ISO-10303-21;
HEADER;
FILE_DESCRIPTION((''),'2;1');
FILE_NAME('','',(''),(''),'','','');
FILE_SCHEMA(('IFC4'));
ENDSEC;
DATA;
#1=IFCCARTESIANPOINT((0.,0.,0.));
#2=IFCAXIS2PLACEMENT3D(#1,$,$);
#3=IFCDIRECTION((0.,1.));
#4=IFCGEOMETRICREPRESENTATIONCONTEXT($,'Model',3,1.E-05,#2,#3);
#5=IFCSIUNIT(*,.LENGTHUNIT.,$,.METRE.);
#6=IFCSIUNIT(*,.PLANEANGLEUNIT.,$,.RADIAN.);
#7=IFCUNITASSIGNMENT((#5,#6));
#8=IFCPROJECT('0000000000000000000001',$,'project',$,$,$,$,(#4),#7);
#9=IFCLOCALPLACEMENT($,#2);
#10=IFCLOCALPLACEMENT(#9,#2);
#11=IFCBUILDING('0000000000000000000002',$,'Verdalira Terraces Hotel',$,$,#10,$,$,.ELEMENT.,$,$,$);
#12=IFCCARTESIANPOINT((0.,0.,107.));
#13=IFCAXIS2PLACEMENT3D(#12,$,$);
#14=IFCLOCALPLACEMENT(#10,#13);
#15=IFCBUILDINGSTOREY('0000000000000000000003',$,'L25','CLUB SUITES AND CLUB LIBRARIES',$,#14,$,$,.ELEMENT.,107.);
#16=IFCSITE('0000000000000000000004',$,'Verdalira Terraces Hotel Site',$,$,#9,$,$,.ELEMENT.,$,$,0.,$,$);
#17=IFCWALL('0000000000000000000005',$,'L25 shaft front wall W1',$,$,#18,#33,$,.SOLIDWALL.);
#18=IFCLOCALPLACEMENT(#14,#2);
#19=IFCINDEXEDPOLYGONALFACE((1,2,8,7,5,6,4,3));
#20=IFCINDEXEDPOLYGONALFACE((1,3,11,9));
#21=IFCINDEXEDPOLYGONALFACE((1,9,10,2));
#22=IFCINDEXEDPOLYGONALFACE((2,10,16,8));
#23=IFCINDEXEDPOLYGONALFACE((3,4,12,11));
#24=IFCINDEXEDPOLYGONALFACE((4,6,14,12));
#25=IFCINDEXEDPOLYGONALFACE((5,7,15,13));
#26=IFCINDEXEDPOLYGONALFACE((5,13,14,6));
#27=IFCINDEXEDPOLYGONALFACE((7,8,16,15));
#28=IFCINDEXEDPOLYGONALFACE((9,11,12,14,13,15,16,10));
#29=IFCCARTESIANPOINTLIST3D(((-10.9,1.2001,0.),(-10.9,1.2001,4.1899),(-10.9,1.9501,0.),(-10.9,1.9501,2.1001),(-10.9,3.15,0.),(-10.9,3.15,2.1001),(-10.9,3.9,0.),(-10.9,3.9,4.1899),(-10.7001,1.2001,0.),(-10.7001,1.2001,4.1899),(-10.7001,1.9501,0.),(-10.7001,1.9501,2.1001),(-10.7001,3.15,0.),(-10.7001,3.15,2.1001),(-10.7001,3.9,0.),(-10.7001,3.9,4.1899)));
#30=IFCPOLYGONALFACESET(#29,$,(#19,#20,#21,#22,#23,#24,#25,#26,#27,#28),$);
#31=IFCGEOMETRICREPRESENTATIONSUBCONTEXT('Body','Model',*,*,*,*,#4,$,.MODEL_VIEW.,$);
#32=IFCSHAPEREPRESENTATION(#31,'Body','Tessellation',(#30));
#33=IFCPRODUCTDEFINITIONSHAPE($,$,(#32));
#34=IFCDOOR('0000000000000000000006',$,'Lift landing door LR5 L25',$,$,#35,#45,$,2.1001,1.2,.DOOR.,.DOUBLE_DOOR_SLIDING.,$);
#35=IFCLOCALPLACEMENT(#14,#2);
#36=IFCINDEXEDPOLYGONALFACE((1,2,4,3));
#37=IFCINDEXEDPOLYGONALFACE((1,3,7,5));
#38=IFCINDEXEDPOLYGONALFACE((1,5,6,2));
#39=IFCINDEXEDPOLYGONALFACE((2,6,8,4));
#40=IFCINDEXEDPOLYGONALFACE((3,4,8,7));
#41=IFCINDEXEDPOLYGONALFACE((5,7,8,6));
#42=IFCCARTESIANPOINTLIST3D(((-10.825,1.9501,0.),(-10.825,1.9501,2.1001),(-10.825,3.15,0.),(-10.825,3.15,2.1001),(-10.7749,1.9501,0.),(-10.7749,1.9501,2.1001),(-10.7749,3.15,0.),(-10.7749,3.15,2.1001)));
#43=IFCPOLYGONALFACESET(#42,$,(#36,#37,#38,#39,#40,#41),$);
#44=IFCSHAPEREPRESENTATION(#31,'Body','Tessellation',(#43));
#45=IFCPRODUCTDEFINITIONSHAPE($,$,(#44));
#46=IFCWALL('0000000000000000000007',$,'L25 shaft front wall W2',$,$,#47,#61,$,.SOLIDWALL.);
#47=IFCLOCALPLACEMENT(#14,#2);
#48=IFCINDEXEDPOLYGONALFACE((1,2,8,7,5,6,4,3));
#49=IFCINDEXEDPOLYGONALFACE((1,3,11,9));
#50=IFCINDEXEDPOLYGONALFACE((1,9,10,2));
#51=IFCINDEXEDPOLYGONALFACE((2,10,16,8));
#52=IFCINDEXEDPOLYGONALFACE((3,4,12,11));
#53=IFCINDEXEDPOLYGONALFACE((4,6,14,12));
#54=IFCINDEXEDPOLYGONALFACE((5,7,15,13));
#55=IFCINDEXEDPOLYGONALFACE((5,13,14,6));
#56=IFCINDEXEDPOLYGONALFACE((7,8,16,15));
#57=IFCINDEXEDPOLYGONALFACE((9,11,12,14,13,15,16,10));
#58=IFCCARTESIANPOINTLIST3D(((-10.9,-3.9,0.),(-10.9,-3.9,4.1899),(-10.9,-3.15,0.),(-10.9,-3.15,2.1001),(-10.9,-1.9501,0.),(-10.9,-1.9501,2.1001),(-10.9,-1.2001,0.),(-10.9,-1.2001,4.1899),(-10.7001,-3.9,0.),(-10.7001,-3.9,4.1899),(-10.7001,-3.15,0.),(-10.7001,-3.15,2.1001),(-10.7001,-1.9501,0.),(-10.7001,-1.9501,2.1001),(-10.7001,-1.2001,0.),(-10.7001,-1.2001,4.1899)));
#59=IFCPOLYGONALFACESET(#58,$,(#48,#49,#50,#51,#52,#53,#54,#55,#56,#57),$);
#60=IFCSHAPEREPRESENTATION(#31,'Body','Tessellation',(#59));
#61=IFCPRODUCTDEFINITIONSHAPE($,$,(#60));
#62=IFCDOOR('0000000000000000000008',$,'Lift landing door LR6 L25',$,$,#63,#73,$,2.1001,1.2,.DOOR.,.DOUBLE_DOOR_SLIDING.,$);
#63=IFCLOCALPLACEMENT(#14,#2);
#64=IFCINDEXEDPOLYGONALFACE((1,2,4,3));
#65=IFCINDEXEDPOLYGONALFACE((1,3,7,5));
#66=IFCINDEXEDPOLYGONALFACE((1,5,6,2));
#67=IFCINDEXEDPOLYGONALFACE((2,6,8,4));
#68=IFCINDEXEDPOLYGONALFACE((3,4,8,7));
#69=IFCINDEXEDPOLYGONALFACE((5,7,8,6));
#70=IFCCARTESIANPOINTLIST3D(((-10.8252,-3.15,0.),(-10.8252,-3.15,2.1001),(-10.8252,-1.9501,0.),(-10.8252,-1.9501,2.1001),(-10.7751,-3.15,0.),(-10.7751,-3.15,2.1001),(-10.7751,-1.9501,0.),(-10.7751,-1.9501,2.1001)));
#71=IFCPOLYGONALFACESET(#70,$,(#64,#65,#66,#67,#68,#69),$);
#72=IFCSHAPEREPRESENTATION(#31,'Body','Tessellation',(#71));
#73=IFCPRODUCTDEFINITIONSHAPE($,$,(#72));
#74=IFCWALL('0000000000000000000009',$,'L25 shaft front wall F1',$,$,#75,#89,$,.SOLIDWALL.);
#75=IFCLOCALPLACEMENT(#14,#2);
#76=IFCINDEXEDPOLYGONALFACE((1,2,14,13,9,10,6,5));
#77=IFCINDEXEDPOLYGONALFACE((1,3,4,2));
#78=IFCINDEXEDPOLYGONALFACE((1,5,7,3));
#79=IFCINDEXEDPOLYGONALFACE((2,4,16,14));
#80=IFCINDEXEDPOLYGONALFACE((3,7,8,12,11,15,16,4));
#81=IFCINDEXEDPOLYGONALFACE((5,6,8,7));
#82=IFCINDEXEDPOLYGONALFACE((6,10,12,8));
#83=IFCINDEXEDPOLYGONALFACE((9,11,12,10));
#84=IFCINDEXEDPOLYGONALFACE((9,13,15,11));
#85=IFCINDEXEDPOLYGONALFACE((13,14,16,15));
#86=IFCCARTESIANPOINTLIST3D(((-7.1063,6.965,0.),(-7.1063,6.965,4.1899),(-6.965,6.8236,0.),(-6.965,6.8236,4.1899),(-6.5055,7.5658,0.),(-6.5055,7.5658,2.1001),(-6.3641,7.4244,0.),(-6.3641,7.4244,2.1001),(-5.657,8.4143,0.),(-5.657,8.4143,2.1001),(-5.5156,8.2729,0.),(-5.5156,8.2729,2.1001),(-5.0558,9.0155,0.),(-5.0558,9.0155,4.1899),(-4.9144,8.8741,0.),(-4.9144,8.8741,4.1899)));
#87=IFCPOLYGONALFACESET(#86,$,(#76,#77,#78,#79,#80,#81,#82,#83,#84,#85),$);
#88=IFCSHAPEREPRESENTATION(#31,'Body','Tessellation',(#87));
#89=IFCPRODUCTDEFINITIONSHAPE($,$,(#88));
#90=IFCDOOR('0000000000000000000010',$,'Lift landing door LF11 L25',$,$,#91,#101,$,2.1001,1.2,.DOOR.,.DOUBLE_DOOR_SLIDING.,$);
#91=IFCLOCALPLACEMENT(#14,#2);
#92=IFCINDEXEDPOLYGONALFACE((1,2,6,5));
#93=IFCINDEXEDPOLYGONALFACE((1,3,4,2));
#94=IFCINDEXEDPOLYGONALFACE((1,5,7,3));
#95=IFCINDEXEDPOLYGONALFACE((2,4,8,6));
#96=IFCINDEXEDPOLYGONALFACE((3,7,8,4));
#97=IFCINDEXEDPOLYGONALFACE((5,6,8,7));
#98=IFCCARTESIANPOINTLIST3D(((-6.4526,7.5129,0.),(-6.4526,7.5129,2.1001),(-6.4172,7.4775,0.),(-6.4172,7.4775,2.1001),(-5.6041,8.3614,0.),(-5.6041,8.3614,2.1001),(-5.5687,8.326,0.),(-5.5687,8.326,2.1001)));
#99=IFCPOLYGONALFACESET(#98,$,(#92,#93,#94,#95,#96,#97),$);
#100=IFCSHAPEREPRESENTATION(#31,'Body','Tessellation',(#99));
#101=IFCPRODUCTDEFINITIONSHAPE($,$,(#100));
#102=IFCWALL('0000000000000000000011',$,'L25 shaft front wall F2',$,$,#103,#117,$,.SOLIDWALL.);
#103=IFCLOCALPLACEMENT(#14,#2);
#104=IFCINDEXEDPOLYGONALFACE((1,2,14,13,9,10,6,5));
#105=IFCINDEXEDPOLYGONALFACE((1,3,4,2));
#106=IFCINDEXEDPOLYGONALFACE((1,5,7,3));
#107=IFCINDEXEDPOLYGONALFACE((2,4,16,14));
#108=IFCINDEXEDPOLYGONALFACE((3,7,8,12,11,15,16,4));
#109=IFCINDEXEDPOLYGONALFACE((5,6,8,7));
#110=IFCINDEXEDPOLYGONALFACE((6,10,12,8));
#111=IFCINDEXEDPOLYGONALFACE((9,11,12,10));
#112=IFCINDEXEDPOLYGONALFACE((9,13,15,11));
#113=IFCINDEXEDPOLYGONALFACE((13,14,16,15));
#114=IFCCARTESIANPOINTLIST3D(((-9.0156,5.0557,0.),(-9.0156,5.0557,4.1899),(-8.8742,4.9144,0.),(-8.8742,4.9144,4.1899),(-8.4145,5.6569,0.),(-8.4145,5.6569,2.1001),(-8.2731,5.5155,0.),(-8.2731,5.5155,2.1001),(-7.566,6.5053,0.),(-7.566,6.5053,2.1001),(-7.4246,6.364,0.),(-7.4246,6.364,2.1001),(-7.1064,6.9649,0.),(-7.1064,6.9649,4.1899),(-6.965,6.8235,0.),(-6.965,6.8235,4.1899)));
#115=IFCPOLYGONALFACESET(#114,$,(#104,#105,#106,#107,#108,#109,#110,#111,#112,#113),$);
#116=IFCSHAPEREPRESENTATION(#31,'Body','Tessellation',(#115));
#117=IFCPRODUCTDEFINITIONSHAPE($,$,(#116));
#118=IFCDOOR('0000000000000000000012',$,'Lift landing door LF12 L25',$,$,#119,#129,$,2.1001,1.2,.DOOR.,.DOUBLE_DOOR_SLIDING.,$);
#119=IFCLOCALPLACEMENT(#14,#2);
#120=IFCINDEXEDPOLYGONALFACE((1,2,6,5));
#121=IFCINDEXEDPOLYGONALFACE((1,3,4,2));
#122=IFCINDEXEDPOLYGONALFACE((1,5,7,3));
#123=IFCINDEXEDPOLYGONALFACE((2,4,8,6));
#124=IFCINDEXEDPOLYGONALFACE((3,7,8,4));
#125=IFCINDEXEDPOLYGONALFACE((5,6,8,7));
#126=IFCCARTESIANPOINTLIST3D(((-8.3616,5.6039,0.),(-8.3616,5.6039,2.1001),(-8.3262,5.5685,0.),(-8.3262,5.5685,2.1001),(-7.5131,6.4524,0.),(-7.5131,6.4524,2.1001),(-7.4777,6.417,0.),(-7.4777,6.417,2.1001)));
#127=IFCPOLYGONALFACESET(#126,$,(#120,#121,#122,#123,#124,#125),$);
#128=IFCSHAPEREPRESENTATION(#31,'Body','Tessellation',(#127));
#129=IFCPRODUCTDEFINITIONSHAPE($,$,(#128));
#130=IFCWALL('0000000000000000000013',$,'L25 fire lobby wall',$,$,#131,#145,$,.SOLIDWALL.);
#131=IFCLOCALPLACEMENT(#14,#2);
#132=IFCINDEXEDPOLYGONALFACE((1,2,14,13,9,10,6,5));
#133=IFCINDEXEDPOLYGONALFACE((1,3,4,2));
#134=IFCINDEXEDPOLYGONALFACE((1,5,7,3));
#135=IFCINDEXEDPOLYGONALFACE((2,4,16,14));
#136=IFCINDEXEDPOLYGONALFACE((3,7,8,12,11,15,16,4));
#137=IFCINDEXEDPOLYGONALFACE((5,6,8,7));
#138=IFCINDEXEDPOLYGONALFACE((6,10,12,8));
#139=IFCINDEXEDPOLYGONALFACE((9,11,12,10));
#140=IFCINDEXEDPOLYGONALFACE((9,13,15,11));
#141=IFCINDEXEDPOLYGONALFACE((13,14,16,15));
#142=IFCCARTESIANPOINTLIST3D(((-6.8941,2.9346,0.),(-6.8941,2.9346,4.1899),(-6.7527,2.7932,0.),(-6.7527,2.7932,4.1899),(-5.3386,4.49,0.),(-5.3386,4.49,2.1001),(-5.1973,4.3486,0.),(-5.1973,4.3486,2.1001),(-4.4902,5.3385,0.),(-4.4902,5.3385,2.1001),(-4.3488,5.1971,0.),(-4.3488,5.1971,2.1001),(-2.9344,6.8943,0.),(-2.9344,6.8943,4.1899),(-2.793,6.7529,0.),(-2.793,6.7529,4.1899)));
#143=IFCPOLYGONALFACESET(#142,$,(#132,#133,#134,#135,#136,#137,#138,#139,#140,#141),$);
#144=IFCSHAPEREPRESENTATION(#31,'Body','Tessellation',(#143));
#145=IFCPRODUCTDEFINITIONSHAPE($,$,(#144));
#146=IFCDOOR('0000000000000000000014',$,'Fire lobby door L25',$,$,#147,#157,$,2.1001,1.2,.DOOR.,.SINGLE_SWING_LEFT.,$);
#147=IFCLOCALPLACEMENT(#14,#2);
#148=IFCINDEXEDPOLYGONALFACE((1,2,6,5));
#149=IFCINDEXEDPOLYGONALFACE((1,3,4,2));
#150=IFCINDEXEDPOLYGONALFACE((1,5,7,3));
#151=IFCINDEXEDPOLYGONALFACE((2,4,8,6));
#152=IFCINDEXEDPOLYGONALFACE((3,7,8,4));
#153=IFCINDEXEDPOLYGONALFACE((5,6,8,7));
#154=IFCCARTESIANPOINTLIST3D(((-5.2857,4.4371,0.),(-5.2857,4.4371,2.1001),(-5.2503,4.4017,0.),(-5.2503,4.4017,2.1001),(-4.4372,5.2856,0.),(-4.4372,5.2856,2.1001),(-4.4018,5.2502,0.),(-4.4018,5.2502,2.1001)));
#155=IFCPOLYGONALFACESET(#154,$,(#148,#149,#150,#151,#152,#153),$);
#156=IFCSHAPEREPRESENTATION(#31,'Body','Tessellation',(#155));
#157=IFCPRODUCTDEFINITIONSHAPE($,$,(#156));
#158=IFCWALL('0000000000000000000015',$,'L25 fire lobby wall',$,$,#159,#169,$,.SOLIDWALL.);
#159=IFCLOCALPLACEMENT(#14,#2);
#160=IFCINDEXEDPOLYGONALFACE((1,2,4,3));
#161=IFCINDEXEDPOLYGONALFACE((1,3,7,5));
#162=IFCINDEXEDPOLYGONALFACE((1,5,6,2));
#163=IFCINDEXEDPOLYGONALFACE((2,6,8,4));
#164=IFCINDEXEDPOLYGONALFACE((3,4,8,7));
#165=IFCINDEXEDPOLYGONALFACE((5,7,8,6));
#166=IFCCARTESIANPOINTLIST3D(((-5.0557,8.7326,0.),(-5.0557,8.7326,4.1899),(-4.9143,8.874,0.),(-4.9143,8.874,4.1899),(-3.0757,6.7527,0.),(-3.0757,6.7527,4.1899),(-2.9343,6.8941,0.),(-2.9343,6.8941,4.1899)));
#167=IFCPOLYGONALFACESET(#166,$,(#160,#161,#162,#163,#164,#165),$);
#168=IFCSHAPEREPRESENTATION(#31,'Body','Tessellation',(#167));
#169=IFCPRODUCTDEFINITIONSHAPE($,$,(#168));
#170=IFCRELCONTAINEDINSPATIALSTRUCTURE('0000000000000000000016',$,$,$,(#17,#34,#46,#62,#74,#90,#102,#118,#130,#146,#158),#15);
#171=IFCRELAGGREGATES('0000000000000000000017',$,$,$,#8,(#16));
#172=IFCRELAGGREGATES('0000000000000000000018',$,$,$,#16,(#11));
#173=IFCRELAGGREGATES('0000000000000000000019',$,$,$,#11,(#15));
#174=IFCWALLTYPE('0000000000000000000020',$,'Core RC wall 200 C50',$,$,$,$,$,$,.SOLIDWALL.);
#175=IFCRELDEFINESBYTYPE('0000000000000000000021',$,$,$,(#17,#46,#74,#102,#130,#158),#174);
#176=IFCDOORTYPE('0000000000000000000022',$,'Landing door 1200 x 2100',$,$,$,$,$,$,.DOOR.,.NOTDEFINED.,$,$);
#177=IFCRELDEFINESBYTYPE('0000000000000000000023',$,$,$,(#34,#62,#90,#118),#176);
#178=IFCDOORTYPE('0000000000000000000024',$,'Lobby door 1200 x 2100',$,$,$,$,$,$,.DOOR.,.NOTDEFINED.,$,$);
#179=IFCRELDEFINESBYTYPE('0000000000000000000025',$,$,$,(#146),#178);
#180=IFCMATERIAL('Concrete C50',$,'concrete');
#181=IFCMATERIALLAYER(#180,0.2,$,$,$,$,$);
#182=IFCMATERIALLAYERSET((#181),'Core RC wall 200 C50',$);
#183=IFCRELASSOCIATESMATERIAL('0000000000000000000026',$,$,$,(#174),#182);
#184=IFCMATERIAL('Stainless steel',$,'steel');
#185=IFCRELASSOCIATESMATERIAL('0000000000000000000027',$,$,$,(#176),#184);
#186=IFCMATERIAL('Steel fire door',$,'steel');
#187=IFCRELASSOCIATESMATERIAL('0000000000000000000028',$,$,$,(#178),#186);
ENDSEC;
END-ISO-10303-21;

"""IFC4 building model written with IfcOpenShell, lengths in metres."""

from ifc_helpers import new_model, si_unit, direction, frame, frame_2d, origin, place, context, subcontext, project, spatial, rectangle, extrude, material, layer, layer_set, type_object, element, fill, save


model = new_model("IFC4")

# Units and contexts
model_context = context("Model", 3, precision=1e-05, world=origin(), true_north=direction((0.0, 1.0)))
body_context = subcontext(model_context, "Body", "Model", "MODEL_VIEW")
ifc_project = project(units=[si_unit("LENGTHUNIT", "METRE"), si_unit("PLANEANGLEUNIT", "RADIAN")], contexts=[model_context])

# Site, building, storey
site_placement = place(None, origin())
site = spatial("IfcSite", under=ifc_project, at=site_placement, Name="Verdalira Terraces Hotel Site", CompositionType="ELEMENT", RefElevation=0.0)
building_placement = place(site_placement, origin())
building = spatial("IfcBuilding", under=site, at=building_placement, Name="Verdalira Terraces Hotel", CompositionType="ELEMENT")
storey_placement = place(building_placement, frame((0.0, 0.0, 107.0)))
storey = spatial("IfcBuildingStorey", under=building, at=storey_placement, Name="L25", Description="CLUB SUITES AND CLUB LIBRARIES", CompositionType="ELEMENT", Elevation=107.0)

# Walls, openings, doors
ifc_material_1 = material(Name="Concrete C50", Category="concrete")
ifc_layer_1 = layer(ifc_material_1, 0.2)
ifc_layer_set_1 = layer_set([ifc_layer_1], Name="Core RC wall 200 C50")
wall_type_1 = type_object("IfcWallType", Name="Core RC wall 200 C50", PredefinedType="SOLIDWALL", material=ifc_layer_set_1)
wall_1_placement = place(storey_placement, frame((-10.8, 1.2, 0.0), z_axis=(0.0, 0.0, 1.0), x_axis=(0.0, 1.0, 0.0)))
wall_1 = element("IfcWall", 1, at=wall_1_placement, inside=storey, type_object=wall_type_1, Name="L25 shaft front wall W1", PredefinedType="SOLIDWALL", context=body_context, shape_type="SweptSolid", body=[
    extrude(rectangle(XDim=2.7, YDim=0.2, at=frame_2d((1.3501, 0.0))), origin(), (0.0, 0.0, 1.0), 4.1899),
])
opening_1_placement = place(wall_1_placement, frame((0.75, 0.0, 0.0)))
opening_1 = element("IfcOpeningElement", 2, at=opening_1_placement, cuts=wall_1, PredefinedType="OPENING", context=body_context, shape_type="SweptSolid", body=[
    extrude(rectangle(XDim=1.2, YDim=2.1001, at=frame_2d((0.6001, 1.05))), frame((0.0, 0.1099, 0.0), z_axis=(0.0, -1.0, 0.0), x_axis=(1.0, 0.0, 0.0)), (0.0, 0.0, 1.0), 0.22),
])
ifc_material_2 = material(Name="Stainless steel", Category="steel")
door_type_1 = type_object("IfcDoorType", Name="Landing door 1200 x 2100", OperationType="NOTDEFINED", PredefinedType="DOOR", material=ifc_material_2)
door_1_placement = place(opening_1_placement, origin())
door_1 = element("IfcDoor", 3, at=door_1_placement, inside=storey, type_object=door_type_1, Name="Lift landing door LR5 L25", OperationType="DOUBLE_DOOR_SLIDING", OverallHeight=2.1001, OverallWidth=1.2, PredefinedType="DOOR", context=body_context, shape_type="SweptSolid", body=[
    extrude(rectangle(XDim=1.2, YDim=2.1001, at=frame_2d((0.6001, 1.05))), frame((0.0, 0.0249, 0.0), z_axis=(0.0, -1.0, 0.0), x_axis=(1.0, 0.0, 0.0)), (0.0, 0.0, 1.0), 0.05),
])
fill(opening_1, door_1)
wall_2_placement = place(storey_placement, frame((-10.8, -1.2, 0.0), z_axis=(0.0, 0.0, 1.0), x_axis=(0.0, -1.0, 0.0)))
wall_2 = element("IfcWall", 4, at=wall_2_placement, inside=storey, type_object=wall_type_1, Name="L25 shaft front wall W2", PredefinedType="SOLIDWALL", context=body_context, shape_type="SweptSolid", body=[
    extrude(rectangle(XDim=2.7, YDim=0.2, at=frame_2d((1.3501, 0.0))), origin(), (0.0, 0.0, 1.0), 4.1899),
])
opening_2_placement = place(wall_2_placement, frame((0.75, 0.0, 0.0)))
opening_2 = element("IfcOpeningElement", 5, at=opening_2_placement, cuts=wall_2, PredefinedType="OPENING", context=body_context, shape_type="SweptSolid", body=[
    extrude(rectangle(XDim=1.2, YDim=2.1001, at=frame_2d((0.6001, 1.05))), frame((0.0, 0.1099, 0.0), z_axis=(0.0, -1.0, 0.0), x_axis=(1.0, 0.0, 0.0)), (0.0, 0.0, 1.0), 0.22),
])
door_2_placement = place(opening_2_placement, origin())
door_2 = element("IfcDoor", 6, at=door_2_placement, inside=storey, type_object=door_type_1, Name="Lift landing door LR6 L25", OperationType="DOUBLE_DOOR_SLIDING", OverallHeight=2.1001, OverallWidth=1.2, PredefinedType="DOOR", context=body_context, shape_type="SweptSolid", body=[
    extrude(rectangle(XDim=1.2, YDim=2.1001, at=frame_2d((0.6001, 1.05))), frame((0.0, 0.0249, 0.0), z_axis=(0.0, -1.0, 0.0), x_axis=(1.0, 0.0, 0.0)), (0.0, 0.0, 1.0), 0.05),
])
fill(opening_2, door_2)
wall_3_placement = place(storey_placement, frame((-4.9851, 8.9448, 0.0), z_axis=(0.0, 0.0, 1.0), x_axis=(-0.707107, -0.707107, 0.0)))
wall_3 = element("IfcWall", 7, at=wall_3_placement, inside=storey, type_object=wall_type_1, Name="L25 shaft front wall F1", PredefinedType="SOLIDWALL", context=body_context, shape_type="SweptSolid", body=[
    extrude(rectangle(XDim=2.8999, YDim=0.2, at=frame_2d((1.45, 0.0))), origin(), (0.0, 0.0, 1.0), 4.1899),
])
opening_3_placement = place(wall_3_placement, frame((0.8501, 0.0, 0.0)))
opening_3 = element("IfcOpeningElement", 8, at=opening_3_placement, cuts=wall_3, PredefinedType="OPENING", context=body_context, shape_type="SweptSolid", body=[
    extrude(rectangle(XDim=1.2, YDim=2.1001, at=frame_2d((0.6001, 1.05))), frame((0.0, 0.1099, 0.0), z_axis=(0.0, -1.0, 0.0), x_axis=(1.0, 0.0, 0.0)), (0.0, 0.0, 1.0), 0.22),
])
door_3_placement = place(opening_3_placement, origin())
door_3 = element("IfcDoor", 9, at=door_3_placement, inside=storey, type_object=door_type_1, Name="Lift landing door LF11 L25", OperationType="DOUBLE_DOOR_SLIDING", OverallHeight=2.1001, OverallWidth=1.2, PredefinedType="DOOR", context=body_context, shape_type="SweptSolid", body=[
    extrude(rectangle(XDim=1.2, YDim=2.1001, at=frame_2d((0.6001, 1.05))), frame((0.0, 0.0249, 0.0), z_axis=(0.0, -1.0, 0.0), x_axis=(1.0, 0.0, 0.0)), (0.0, 0.0, 1.0), 0.05),
])
fill(opening_3, door_3)
wall_4_placement = place(storey_placement, frame((-7.0356, 6.8943, 0.0), z_axis=(0.0, 0.0, 1.0), x_axis=(-0.707107, -0.707107, 0.0)))
wall_4 = element("IfcWall", 10, at=wall_4_placement, inside=storey, type_object=wall_type_1, Name="L25 shaft front wall F2", PredefinedType="SOLIDWALL", context=body_context, shape_type="SweptSolid", body=[
    extrude(rectangle(XDim=2.7, YDim=0.2, at=frame_2d((1.3501, 0.0))), origin(), (0.0, 0.0, 1.0), 4.1899),
])
opening_4_placement = place(wall_4_placement, frame((0.6499, 0.0, 0.0)))
opening_4 = element("IfcOpeningElement", 11, at=opening_4_placement, cuts=wall_4, PredefinedType="OPENING", context=body_context, shape_type="SweptSolid", body=[
    extrude(rectangle(XDim=1.2, YDim=2.1001, at=frame_2d((0.6001, 1.05))), frame((0.0, 0.1099, 0.0), z_axis=(0.0, -1.0, 0.0), x_axis=(1.0, 0.0, 0.0)), (0.0, 0.0, 1.0), 0.22),
])
door_4_placement = place(opening_4_placement, origin())
door_4 = element("IfcDoor", 12, at=door_4_placement, inside=storey, type_object=door_type_1, Name="Lift landing door LF12 L25", OperationType="DOUBLE_DOOR_SLIDING", OverallHeight=2.1001, OverallWidth=1.2, PredefinedType="DOOR", context=body_context, shape_type="SweptSolid", body=[
    extrude(rectangle(XDim=1.2, YDim=2.1001, at=frame_2d((0.6001, 1.05))), frame((0.0, 0.0249, 0.0), z_axis=(0.0, -1.0, 0.0), x_axis=(1.0, 0.0, 0.0)), (0.0, 0.0, 1.0), 0.05),
])
fill(opening_4, door_4)
wall_5_placement = place(storey_placement, frame((-2.8638, 6.8235, 0.0), z_axis=(0.0, 0.0, 1.0), x_axis=(-0.707107, -0.707107, 0.0)))
wall_5 = element("IfcWall", 13, at=wall_5_placement, inside=storey, type_object=wall_type_1, Name="L25 fire lobby wall", PredefinedType="SOLIDWALL", context=body_context, shape_type="SweptSolid", body=[
    extrude(rectangle(XDim=5.5999, YDim=0.2, at=frame_2d((2.7998, 0.0))), origin(), (0.0, 0.0, 1.0), 4.1899),
])
opening_5_placement = place(wall_5_placement, frame((2.2, 0.0, 0.0)))
opening_5 = element("IfcOpeningElement", 14, at=opening_5_placement, cuts=wall_5, PredefinedType="OPENING", context=body_context, shape_type="SweptSolid", body=[
    extrude(rectangle(XDim=1.2, YDim=2.1001, at=frame_2d((0.6001, 1.05))), frame((0.0, 0.1099, 0.0), z_axis=(0.0, -1.0, 0.0), x_axis=(1.0, 0.0, 0.0)), (0.0, 0.0, 1.0), 0.22),
])
ifc_material_3 = material(Name="Steel fire door", Category="steel")
door_type_2 = type_object("IfcDoorType", Name="Lobby door 1200 x 2100", OperationType="NOTDEFINED", PredefinedType="DOOR", material=ifc_material_3)
door_5_placement = place(opening_5_placement, origin())
door_5 = element("IfcDoor", 15, at=door_5_placement, inside=storey, type_object=door_type_2, Name="Fire lobby door L25", OperationType="SINGLE_SWING_LEFT", OverallHeight=2.1001, OverallWidth=1.2, PredefinedType="DOOR", context=body_context, shape_type="SweptSolid", body=[
    extrude(rectangle(XDim=1.2, YDim=2.1001, at=frame_2d((0.6001, 1.05))), frame((0.0, 0.0249, 0.0), z_axis=(0.0, -1.0, 0.0), x_axis=(1.0, 0.0, 0.0)), (0.0, 0.0, 1.0), 0.05),
])
fill(opening_5, door_5)

# Wall
for number, where, z_axis, x_axis, name in (
    (16, (-3.0051, 6.8235, 0.0), (0.0, 0.0, 1.0), (-0.707107, 0.707107, 0.0), "L25 fire lobby wall"),
):
    element("IfcWall", number, at=place(storey_placement, frame(where, z_axis=z_axis, x_axis=x_axis)), inside=storey, type_object=wall_type_1, Name=name, PredefinedType="SOLIDWALL", context=body_context, shape_type="SweptSolid", body=[
        extrude(rectangle(XDim=2.8, YDim=0.2, at=frame_2d((1.3999, 0.0))), origin(), (0.0, 0.0, 1.0), 4.1899),
    ])

save(model, "model.ifc")
